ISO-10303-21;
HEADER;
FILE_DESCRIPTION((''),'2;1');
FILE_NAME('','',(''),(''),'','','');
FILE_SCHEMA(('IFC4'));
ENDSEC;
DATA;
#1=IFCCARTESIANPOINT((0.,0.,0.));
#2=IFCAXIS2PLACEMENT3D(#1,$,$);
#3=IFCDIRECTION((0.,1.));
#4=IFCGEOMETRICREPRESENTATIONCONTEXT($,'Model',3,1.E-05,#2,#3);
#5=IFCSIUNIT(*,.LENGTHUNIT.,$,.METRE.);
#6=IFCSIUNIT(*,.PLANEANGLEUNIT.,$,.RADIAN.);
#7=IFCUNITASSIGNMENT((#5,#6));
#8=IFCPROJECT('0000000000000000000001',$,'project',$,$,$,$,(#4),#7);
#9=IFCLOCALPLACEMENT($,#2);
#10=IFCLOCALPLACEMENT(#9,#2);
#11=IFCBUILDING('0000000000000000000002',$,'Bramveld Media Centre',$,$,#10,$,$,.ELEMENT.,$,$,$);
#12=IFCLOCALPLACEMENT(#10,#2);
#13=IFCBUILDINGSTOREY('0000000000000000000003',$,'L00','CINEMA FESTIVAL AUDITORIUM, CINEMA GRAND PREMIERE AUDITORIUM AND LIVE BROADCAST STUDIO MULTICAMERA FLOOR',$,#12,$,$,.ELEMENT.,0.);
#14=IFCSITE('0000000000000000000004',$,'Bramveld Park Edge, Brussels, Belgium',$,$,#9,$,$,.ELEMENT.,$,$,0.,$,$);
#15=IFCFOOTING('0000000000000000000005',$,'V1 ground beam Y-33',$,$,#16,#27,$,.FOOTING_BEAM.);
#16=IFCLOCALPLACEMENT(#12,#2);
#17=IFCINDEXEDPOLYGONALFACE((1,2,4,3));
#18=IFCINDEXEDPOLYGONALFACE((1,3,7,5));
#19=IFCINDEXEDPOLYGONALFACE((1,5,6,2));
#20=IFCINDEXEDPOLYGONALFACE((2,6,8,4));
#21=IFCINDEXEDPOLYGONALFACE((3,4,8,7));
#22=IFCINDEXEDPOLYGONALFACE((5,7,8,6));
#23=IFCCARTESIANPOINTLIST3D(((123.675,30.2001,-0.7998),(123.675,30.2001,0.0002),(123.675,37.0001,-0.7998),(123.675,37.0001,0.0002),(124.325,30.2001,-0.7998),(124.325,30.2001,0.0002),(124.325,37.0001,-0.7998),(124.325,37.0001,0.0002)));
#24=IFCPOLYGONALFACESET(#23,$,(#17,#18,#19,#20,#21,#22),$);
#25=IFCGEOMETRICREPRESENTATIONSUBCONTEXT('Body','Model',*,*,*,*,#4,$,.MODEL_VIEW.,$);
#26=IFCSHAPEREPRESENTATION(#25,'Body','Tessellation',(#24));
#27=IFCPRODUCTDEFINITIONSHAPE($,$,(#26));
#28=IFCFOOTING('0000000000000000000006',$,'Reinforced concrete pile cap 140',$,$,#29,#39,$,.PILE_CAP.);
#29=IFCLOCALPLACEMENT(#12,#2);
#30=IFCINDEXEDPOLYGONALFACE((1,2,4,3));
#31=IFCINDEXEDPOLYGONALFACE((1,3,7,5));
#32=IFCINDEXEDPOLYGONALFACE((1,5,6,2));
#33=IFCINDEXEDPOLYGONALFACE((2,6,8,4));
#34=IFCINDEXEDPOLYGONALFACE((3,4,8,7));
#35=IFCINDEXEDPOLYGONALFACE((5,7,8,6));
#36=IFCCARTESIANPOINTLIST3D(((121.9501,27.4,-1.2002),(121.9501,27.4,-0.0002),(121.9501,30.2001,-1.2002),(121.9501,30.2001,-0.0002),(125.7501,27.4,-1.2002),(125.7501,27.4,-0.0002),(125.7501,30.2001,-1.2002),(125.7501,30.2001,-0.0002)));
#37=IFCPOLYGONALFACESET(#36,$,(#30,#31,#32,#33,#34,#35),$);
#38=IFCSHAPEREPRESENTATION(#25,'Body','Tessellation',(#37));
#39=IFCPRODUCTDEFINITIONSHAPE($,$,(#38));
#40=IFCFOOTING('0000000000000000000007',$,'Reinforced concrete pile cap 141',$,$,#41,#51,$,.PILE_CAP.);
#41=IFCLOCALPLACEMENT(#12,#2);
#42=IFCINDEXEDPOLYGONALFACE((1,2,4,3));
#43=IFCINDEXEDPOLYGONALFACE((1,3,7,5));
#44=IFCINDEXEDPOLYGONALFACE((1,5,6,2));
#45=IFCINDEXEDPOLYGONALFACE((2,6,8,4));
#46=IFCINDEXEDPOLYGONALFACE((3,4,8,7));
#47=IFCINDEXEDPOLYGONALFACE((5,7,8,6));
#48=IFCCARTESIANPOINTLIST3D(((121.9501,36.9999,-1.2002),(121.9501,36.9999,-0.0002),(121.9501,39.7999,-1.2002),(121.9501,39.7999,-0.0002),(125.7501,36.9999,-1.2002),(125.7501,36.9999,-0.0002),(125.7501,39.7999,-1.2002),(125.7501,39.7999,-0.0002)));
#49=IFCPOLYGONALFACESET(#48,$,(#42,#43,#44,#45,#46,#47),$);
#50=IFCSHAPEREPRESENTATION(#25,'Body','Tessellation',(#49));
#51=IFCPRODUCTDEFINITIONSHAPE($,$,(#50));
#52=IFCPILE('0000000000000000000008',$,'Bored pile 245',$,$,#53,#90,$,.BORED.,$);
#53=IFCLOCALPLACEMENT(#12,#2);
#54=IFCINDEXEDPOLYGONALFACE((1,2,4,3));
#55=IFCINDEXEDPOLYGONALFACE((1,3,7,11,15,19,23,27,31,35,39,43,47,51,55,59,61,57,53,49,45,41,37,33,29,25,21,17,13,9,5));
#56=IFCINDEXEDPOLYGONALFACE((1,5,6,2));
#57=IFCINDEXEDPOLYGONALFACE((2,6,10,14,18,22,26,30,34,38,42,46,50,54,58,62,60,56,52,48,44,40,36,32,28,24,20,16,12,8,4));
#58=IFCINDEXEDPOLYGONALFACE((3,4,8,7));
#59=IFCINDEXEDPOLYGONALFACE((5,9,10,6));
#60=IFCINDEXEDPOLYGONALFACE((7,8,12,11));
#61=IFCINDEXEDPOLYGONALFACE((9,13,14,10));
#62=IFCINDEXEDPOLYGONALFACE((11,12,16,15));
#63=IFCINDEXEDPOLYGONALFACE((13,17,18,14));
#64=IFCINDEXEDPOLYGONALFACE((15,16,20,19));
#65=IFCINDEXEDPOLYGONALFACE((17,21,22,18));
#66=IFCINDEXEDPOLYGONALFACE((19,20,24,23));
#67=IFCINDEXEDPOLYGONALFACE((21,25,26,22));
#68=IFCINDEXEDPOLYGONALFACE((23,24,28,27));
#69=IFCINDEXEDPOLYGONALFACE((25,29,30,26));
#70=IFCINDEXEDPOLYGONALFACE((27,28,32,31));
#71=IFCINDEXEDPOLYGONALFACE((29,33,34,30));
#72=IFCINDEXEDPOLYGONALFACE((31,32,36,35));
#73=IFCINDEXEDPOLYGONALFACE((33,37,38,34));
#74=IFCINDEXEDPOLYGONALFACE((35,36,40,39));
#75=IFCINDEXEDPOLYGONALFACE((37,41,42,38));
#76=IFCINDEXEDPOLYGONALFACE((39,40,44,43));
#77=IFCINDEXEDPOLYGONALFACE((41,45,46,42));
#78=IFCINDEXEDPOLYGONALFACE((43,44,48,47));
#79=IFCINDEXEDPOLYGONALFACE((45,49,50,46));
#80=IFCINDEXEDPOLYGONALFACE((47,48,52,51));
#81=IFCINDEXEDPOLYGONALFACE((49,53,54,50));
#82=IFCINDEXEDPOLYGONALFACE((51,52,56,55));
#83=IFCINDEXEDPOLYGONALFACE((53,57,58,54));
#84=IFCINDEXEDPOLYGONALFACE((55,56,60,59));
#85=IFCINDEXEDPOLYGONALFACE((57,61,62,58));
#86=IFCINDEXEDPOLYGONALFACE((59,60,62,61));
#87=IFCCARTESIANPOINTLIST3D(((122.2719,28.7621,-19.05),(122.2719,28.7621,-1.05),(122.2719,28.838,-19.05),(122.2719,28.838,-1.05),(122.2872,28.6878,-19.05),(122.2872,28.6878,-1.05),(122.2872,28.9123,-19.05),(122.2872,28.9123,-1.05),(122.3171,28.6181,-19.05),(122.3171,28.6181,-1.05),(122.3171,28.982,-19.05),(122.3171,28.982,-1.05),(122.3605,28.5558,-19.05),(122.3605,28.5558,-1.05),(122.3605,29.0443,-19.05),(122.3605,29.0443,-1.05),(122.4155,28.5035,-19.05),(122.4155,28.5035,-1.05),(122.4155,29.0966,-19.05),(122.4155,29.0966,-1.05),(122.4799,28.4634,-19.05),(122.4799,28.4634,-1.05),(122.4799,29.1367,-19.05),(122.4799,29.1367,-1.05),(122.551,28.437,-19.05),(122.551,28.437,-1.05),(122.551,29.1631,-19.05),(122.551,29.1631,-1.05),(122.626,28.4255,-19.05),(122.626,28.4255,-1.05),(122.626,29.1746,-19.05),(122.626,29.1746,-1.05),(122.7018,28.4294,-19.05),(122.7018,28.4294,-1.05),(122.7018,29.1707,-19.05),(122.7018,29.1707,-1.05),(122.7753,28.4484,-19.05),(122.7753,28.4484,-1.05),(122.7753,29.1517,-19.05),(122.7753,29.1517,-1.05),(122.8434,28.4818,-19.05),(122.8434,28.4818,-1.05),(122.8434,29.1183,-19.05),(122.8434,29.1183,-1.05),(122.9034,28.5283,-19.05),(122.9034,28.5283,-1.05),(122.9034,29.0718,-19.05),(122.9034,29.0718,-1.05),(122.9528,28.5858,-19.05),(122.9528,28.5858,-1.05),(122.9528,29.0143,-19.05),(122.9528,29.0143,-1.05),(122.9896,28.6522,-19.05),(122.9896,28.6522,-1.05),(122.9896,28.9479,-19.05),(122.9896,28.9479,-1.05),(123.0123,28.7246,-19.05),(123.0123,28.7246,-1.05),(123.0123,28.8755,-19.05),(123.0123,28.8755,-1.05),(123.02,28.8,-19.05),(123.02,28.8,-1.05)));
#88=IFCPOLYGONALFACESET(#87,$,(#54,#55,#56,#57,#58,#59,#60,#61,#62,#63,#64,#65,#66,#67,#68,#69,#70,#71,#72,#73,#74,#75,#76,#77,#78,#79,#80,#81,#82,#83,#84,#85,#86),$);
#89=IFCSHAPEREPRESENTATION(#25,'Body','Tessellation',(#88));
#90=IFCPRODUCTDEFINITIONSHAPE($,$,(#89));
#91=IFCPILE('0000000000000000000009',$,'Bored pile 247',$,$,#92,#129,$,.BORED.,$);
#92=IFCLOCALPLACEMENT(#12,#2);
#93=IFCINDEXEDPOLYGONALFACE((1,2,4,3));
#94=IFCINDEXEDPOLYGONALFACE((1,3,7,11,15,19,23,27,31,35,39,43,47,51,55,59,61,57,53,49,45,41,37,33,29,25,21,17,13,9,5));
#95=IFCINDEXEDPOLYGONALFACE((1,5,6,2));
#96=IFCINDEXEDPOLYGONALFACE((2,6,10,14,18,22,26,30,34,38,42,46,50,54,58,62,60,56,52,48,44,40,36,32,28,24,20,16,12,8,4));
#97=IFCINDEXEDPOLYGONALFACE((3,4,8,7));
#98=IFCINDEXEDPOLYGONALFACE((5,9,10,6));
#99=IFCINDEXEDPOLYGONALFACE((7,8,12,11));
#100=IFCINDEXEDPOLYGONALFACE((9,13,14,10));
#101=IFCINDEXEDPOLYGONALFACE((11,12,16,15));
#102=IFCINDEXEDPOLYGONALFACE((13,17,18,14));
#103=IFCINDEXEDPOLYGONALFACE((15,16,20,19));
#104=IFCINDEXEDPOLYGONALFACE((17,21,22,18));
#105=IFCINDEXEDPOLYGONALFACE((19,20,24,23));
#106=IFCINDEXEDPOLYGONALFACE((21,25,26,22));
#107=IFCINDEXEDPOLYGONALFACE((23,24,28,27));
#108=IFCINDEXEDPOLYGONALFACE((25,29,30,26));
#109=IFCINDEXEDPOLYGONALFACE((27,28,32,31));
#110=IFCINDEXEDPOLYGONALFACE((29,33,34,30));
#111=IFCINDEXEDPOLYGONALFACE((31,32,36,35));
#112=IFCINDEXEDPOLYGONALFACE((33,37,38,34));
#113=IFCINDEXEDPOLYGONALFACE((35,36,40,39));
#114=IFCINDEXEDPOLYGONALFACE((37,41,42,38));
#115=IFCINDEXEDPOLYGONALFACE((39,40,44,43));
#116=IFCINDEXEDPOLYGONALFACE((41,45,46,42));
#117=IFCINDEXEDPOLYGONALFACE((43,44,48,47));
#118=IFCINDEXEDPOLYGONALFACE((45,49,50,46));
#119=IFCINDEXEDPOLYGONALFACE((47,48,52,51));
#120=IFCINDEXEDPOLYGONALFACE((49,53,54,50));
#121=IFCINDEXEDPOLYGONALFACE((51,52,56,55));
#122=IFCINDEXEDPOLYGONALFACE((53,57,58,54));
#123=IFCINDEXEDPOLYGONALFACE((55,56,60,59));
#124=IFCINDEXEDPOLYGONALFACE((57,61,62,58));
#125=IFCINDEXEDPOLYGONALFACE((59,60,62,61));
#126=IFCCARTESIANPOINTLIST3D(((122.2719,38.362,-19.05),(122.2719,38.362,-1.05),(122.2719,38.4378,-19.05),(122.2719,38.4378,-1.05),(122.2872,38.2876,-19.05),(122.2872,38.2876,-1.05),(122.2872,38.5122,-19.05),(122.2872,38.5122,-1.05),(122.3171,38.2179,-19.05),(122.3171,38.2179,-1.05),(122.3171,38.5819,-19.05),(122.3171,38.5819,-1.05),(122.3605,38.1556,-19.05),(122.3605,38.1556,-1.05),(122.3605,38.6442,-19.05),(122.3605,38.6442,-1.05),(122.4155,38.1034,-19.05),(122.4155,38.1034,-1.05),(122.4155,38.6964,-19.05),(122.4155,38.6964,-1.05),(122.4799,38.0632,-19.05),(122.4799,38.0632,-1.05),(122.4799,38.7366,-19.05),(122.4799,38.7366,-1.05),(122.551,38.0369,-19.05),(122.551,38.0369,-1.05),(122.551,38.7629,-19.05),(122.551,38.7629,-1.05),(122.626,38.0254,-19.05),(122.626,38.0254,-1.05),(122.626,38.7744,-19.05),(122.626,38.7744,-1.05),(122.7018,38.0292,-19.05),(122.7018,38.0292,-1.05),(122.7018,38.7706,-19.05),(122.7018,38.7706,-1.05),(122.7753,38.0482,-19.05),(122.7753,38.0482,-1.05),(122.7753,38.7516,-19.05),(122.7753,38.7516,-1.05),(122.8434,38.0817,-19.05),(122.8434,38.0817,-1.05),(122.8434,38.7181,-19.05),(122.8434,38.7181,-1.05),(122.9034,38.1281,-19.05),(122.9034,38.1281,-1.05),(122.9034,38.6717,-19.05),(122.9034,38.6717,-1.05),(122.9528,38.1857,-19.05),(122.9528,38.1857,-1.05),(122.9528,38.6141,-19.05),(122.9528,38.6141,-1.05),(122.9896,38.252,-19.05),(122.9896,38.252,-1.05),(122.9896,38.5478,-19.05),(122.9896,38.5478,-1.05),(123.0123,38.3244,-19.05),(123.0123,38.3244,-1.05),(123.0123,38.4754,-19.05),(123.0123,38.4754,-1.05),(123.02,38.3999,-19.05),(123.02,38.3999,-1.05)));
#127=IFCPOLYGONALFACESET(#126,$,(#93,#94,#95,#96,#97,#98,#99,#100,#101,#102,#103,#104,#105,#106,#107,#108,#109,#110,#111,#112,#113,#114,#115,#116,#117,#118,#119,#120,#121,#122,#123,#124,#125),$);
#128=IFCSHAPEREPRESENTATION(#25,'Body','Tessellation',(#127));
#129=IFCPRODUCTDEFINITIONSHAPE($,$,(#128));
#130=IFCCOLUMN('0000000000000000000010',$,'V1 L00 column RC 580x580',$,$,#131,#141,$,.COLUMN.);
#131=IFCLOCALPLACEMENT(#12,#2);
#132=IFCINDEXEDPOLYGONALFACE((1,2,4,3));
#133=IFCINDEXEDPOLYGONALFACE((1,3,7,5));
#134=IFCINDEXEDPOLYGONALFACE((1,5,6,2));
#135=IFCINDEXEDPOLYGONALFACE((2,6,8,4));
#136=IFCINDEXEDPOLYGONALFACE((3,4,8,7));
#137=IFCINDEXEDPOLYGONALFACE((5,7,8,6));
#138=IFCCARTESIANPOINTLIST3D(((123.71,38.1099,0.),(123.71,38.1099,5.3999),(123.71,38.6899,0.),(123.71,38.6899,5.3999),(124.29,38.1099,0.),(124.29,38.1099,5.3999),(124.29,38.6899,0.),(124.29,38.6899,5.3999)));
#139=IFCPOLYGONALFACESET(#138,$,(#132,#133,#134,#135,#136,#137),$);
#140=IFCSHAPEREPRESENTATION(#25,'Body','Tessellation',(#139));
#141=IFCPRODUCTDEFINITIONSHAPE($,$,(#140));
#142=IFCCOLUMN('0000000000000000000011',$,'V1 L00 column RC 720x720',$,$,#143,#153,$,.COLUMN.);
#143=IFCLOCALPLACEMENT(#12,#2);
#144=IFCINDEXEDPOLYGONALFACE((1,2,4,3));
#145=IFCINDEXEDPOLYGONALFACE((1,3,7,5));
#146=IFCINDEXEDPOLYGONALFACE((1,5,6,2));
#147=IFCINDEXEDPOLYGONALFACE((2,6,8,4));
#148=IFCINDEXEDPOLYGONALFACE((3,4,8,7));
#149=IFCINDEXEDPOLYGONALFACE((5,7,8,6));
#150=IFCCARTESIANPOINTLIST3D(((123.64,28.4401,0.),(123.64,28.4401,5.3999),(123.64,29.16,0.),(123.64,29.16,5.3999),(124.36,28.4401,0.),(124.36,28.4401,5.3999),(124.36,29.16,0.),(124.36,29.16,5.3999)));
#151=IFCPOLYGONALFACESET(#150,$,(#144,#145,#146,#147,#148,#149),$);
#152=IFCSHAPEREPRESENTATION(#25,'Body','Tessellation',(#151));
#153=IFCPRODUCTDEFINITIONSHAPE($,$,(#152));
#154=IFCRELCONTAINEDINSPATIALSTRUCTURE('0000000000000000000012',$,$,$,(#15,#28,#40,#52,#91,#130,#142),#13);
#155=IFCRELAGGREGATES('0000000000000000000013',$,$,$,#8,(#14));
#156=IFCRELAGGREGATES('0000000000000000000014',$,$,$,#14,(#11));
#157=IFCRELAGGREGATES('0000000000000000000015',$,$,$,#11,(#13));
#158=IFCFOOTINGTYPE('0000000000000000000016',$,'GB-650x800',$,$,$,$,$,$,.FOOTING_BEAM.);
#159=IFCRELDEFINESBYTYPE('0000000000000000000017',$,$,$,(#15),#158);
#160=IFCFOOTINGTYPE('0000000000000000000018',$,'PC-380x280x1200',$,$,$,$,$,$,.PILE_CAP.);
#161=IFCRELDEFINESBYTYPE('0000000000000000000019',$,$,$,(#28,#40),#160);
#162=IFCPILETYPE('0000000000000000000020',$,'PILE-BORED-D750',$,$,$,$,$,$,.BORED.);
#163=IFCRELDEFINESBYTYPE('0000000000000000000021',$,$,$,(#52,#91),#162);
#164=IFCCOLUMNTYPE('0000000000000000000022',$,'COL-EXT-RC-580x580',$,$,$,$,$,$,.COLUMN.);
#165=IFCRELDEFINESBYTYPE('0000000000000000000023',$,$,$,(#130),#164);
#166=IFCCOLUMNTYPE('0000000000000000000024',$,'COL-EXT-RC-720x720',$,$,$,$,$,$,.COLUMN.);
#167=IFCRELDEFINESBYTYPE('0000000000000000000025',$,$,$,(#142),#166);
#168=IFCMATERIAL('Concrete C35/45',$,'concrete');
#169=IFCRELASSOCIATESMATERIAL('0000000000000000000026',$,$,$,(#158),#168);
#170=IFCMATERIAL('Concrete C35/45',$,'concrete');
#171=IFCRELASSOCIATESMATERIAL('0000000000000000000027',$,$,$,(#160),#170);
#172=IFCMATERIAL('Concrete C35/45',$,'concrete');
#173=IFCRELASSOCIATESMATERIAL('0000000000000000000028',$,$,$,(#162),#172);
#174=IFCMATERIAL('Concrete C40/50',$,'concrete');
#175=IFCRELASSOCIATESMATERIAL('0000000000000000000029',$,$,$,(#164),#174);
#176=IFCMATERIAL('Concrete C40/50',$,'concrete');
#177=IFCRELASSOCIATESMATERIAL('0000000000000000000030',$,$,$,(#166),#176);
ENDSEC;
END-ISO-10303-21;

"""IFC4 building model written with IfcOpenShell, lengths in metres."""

from ifc_helpers import new_model, si_unit, direction, frame, origin, origin_2d, place, context, subcontext, project, spatial, rectangle, circle, extrude, material, material_profile, profile_set, type_object, element, save


model = new_model("IFC4")

# Units and contexts
model_context = context("Model", 3, precision=1e-05, world=origin(), true_north=direction((0.0, 1.0)))
body_context = subcontext(model_context, "Body", "Model", "MODEL_VIEW")
ifc_project = project(units=[si_unit("LENGTHUNIT", "METRE"), si_unit("PLANEANGLEUNIT", "RADIAN")], contexts=[model_context])

# Site, building, storey
site_placement = place(None, origin())
site = spatial("IfcSite", under=ifc_project, at=site_placement, Name="Bramveld Park Edge, Brussels, Belgium", CompositionType="ELEMENT", RefElevation=0.0)
building_placement = place(site_placement, origin())
building = spatial("IfcBuilding", under=site, at=building_placement, Name="Bramveld Media Centre", CompositionType="ELEMENT")
storey_placement = place(building_placement, origin())
storey = spatial("IfcBuildingStorey", under=building, at=storey_placement, Name="L00", Description="CINEMA FESTIVAL AUDITORIUM, CINEMA GRAND PREMIERE AUDITORIUM AND LIVE BROADCAST STUDIO MULTICAMERA FLOOR", CompositionType="ELEMENT", Elevation=0.0)

# Footings
ifc_material_1 = material(Name="Concrete C35/45", Category="concrete")
footing_type_1 = type_object("IfcFootingType", Name="GB-650x800", PredefinedType="FOOTING_BEAM", material=ifc_material_1)
footing_placement = place(storey_placement, frame((124.0, 33.6001, -0.7998), z_axis=(0.0, 0.0, 1.0), x_axis=(1.0, 0.0, 0.0)))
element("IfcFooting", 1, at=footing_placement, inside=storey, type_object=footing_type_1, Name="V1 ground beam Y-33", PredefinedType="FOOTING_BEAM", context=body_context, shape_type="SweptSolid", body=[
    extrude(rectangle(XDim=0.6499, YDim=6.8, at=origin_2d()), origin(), (0.0, 0.0, 1.0), 0.8),
])
ifc_material_2 = material(Name="Concrete C35/45", Category="concrete")
footing_type_2 = type_object("IfcFootingType", Name="PC-380x280x1200", PredefinedType="PILE_CAP", material=ifc_material_2)
for number, where, z_axis, x_axis, name in (
    (2, (123.8501, 28.8, -1.2002), (0.0, 0.0, 1.0), (1.0, 0.0, 0.0), "Reinforced concrete pile cap 140"),
    (3, (123.8501, 38.3999, -1.2002), (0.0, 0.0, 1.0), (1.0, 0.0, 0.0), "Reinforced concrete pile cap 141"),
):
    element("IfcFooting", number, at=place(storey_placement, frame(where, z_axis=z_axis, x_axis=x_axis)), inside=storey, type_object=footing_type_2, Name=name, PredefinedType="PILE_CAP", context=body_context, shape_type="SweptSolid", body=[
        extrude(rectangle(XDim=3.8, YDim=2.8, at=origin_2d()), origin(), (0.0, 0.0, 1.0), 1.2),
    ])

# Piles
ifc_material_3 = material(Name="Concrete C35/45", Category="concrete")
ifc_material_profile_1 = material_profile(ifc_material_3, circle(Radius=0.375, at=origin_2d()), Name="BORED D750")
ifc_profile_set_1 = profile_set([ifc_material_profile_1], Name="Concrete C35/45")
pile_type = type_object("IfcPileType", Name="PILE-BORED-D750", PredefinedType="BORED", material=ifc_profile_set_1)
for number, where, z_axis, x_axis, name in (
    (4, (122.645, 28.8, -1.05), (0.0, 0.0, -1.0), (1.0, 0.0, 0.0), "Bored pile 245"),
    (5, (122.645, 38.3999, -1.05), (0.0, 0.0, -1.0), (1.0, 0.0, 0.0), "Bored pile 247"),
):
    element("IfcPile", number, at=place(storey_placement, frame(where, z_axis=z_axis, x_axis=x_axis)), inside=storey, type_object=pile_type, Name=name, PredefinedType="BORED", context=body_context, shape_type="SweptSolid", body=[
        extrude(circle(Radius=0.375, at=origin_2d()), origin(), (0.0, 0.0, 1.0), 18.0),
    ])

# Columns
ifc_material_4 = material(Name="Concrete C40/50", Category="concrete")
ifc_material_profile_2 = material_profile(ifc_material_4, rectangle(XDim=0.5801, YDim=0.5801, at=origin_2d()), Name="RC 580x580")
ifc_profile_set_2 = profile_set([ifc_material_profile_2], Name="Concrete C40/50")
column_type_1 = type_object("IfcColumnType", Name="COL-EXT-RC-580x580", PredefinedType="COLUMN", material=ifc_profile_set_2)
column_1_placement = place(storey_placement, frame((124.0, 38.3999, 0.0), z_axis=(0.0, 0.0, 1.0), x_axis=(1.0, 0.0, 0.0)))
element("IfcColumn", 6, at=column_1_placement, inside=storey, type_object=column_type_1, Name="V1 L00 column RC 580x580", PredefinedType="COLUMN", context=body_context, shape_type="SweptSolid", body=[
    extrude(rectangle(XDim=0.5801, YDim=0.5801, at=origin_2d()), origin(), (0.0, 0.0, 1.0), 5.3999),
])
ifc_material_5 = material(Name="Concrete C40/50", Category="concrete")
ifc_material_profile_3 = material_profile(ifc_material_5, rectangle(XDim=0.72, YDim=0.72, at=origin_2d()), Name="RC 720x720")
ifc_profile_set_3 = profile_set([ifc_material_profile_3], Name="Concrete C40/50")
column_type_2 = type_object("IfcColumnType", Name="COL-EXT-RC-720x720", PredefinedType="COLUMN", material=ifc_profile_set_3)
column_2_placement = place(storey_placement, frame((124.0, 28.8, 0.0), z_axis=(0.0, 0.0, 1.0), x_axis=(1.0, 0.0, 0.0)))
element("IfcColumn", 7, at=column_2_placement, inside=storey, type_object=column_type_2, Name="V1 L00 column RC 720x720", PredefinedType="COLUMN", context=body_context, shape_type="SweptSolid", body=[
    extrude(rectangle(XDim=0.72, YDim=0.72, at=origin_2d()), origin(), (0.0, 0.0, 1.0), 5.3999),
])

save(model, "model.ifc")
